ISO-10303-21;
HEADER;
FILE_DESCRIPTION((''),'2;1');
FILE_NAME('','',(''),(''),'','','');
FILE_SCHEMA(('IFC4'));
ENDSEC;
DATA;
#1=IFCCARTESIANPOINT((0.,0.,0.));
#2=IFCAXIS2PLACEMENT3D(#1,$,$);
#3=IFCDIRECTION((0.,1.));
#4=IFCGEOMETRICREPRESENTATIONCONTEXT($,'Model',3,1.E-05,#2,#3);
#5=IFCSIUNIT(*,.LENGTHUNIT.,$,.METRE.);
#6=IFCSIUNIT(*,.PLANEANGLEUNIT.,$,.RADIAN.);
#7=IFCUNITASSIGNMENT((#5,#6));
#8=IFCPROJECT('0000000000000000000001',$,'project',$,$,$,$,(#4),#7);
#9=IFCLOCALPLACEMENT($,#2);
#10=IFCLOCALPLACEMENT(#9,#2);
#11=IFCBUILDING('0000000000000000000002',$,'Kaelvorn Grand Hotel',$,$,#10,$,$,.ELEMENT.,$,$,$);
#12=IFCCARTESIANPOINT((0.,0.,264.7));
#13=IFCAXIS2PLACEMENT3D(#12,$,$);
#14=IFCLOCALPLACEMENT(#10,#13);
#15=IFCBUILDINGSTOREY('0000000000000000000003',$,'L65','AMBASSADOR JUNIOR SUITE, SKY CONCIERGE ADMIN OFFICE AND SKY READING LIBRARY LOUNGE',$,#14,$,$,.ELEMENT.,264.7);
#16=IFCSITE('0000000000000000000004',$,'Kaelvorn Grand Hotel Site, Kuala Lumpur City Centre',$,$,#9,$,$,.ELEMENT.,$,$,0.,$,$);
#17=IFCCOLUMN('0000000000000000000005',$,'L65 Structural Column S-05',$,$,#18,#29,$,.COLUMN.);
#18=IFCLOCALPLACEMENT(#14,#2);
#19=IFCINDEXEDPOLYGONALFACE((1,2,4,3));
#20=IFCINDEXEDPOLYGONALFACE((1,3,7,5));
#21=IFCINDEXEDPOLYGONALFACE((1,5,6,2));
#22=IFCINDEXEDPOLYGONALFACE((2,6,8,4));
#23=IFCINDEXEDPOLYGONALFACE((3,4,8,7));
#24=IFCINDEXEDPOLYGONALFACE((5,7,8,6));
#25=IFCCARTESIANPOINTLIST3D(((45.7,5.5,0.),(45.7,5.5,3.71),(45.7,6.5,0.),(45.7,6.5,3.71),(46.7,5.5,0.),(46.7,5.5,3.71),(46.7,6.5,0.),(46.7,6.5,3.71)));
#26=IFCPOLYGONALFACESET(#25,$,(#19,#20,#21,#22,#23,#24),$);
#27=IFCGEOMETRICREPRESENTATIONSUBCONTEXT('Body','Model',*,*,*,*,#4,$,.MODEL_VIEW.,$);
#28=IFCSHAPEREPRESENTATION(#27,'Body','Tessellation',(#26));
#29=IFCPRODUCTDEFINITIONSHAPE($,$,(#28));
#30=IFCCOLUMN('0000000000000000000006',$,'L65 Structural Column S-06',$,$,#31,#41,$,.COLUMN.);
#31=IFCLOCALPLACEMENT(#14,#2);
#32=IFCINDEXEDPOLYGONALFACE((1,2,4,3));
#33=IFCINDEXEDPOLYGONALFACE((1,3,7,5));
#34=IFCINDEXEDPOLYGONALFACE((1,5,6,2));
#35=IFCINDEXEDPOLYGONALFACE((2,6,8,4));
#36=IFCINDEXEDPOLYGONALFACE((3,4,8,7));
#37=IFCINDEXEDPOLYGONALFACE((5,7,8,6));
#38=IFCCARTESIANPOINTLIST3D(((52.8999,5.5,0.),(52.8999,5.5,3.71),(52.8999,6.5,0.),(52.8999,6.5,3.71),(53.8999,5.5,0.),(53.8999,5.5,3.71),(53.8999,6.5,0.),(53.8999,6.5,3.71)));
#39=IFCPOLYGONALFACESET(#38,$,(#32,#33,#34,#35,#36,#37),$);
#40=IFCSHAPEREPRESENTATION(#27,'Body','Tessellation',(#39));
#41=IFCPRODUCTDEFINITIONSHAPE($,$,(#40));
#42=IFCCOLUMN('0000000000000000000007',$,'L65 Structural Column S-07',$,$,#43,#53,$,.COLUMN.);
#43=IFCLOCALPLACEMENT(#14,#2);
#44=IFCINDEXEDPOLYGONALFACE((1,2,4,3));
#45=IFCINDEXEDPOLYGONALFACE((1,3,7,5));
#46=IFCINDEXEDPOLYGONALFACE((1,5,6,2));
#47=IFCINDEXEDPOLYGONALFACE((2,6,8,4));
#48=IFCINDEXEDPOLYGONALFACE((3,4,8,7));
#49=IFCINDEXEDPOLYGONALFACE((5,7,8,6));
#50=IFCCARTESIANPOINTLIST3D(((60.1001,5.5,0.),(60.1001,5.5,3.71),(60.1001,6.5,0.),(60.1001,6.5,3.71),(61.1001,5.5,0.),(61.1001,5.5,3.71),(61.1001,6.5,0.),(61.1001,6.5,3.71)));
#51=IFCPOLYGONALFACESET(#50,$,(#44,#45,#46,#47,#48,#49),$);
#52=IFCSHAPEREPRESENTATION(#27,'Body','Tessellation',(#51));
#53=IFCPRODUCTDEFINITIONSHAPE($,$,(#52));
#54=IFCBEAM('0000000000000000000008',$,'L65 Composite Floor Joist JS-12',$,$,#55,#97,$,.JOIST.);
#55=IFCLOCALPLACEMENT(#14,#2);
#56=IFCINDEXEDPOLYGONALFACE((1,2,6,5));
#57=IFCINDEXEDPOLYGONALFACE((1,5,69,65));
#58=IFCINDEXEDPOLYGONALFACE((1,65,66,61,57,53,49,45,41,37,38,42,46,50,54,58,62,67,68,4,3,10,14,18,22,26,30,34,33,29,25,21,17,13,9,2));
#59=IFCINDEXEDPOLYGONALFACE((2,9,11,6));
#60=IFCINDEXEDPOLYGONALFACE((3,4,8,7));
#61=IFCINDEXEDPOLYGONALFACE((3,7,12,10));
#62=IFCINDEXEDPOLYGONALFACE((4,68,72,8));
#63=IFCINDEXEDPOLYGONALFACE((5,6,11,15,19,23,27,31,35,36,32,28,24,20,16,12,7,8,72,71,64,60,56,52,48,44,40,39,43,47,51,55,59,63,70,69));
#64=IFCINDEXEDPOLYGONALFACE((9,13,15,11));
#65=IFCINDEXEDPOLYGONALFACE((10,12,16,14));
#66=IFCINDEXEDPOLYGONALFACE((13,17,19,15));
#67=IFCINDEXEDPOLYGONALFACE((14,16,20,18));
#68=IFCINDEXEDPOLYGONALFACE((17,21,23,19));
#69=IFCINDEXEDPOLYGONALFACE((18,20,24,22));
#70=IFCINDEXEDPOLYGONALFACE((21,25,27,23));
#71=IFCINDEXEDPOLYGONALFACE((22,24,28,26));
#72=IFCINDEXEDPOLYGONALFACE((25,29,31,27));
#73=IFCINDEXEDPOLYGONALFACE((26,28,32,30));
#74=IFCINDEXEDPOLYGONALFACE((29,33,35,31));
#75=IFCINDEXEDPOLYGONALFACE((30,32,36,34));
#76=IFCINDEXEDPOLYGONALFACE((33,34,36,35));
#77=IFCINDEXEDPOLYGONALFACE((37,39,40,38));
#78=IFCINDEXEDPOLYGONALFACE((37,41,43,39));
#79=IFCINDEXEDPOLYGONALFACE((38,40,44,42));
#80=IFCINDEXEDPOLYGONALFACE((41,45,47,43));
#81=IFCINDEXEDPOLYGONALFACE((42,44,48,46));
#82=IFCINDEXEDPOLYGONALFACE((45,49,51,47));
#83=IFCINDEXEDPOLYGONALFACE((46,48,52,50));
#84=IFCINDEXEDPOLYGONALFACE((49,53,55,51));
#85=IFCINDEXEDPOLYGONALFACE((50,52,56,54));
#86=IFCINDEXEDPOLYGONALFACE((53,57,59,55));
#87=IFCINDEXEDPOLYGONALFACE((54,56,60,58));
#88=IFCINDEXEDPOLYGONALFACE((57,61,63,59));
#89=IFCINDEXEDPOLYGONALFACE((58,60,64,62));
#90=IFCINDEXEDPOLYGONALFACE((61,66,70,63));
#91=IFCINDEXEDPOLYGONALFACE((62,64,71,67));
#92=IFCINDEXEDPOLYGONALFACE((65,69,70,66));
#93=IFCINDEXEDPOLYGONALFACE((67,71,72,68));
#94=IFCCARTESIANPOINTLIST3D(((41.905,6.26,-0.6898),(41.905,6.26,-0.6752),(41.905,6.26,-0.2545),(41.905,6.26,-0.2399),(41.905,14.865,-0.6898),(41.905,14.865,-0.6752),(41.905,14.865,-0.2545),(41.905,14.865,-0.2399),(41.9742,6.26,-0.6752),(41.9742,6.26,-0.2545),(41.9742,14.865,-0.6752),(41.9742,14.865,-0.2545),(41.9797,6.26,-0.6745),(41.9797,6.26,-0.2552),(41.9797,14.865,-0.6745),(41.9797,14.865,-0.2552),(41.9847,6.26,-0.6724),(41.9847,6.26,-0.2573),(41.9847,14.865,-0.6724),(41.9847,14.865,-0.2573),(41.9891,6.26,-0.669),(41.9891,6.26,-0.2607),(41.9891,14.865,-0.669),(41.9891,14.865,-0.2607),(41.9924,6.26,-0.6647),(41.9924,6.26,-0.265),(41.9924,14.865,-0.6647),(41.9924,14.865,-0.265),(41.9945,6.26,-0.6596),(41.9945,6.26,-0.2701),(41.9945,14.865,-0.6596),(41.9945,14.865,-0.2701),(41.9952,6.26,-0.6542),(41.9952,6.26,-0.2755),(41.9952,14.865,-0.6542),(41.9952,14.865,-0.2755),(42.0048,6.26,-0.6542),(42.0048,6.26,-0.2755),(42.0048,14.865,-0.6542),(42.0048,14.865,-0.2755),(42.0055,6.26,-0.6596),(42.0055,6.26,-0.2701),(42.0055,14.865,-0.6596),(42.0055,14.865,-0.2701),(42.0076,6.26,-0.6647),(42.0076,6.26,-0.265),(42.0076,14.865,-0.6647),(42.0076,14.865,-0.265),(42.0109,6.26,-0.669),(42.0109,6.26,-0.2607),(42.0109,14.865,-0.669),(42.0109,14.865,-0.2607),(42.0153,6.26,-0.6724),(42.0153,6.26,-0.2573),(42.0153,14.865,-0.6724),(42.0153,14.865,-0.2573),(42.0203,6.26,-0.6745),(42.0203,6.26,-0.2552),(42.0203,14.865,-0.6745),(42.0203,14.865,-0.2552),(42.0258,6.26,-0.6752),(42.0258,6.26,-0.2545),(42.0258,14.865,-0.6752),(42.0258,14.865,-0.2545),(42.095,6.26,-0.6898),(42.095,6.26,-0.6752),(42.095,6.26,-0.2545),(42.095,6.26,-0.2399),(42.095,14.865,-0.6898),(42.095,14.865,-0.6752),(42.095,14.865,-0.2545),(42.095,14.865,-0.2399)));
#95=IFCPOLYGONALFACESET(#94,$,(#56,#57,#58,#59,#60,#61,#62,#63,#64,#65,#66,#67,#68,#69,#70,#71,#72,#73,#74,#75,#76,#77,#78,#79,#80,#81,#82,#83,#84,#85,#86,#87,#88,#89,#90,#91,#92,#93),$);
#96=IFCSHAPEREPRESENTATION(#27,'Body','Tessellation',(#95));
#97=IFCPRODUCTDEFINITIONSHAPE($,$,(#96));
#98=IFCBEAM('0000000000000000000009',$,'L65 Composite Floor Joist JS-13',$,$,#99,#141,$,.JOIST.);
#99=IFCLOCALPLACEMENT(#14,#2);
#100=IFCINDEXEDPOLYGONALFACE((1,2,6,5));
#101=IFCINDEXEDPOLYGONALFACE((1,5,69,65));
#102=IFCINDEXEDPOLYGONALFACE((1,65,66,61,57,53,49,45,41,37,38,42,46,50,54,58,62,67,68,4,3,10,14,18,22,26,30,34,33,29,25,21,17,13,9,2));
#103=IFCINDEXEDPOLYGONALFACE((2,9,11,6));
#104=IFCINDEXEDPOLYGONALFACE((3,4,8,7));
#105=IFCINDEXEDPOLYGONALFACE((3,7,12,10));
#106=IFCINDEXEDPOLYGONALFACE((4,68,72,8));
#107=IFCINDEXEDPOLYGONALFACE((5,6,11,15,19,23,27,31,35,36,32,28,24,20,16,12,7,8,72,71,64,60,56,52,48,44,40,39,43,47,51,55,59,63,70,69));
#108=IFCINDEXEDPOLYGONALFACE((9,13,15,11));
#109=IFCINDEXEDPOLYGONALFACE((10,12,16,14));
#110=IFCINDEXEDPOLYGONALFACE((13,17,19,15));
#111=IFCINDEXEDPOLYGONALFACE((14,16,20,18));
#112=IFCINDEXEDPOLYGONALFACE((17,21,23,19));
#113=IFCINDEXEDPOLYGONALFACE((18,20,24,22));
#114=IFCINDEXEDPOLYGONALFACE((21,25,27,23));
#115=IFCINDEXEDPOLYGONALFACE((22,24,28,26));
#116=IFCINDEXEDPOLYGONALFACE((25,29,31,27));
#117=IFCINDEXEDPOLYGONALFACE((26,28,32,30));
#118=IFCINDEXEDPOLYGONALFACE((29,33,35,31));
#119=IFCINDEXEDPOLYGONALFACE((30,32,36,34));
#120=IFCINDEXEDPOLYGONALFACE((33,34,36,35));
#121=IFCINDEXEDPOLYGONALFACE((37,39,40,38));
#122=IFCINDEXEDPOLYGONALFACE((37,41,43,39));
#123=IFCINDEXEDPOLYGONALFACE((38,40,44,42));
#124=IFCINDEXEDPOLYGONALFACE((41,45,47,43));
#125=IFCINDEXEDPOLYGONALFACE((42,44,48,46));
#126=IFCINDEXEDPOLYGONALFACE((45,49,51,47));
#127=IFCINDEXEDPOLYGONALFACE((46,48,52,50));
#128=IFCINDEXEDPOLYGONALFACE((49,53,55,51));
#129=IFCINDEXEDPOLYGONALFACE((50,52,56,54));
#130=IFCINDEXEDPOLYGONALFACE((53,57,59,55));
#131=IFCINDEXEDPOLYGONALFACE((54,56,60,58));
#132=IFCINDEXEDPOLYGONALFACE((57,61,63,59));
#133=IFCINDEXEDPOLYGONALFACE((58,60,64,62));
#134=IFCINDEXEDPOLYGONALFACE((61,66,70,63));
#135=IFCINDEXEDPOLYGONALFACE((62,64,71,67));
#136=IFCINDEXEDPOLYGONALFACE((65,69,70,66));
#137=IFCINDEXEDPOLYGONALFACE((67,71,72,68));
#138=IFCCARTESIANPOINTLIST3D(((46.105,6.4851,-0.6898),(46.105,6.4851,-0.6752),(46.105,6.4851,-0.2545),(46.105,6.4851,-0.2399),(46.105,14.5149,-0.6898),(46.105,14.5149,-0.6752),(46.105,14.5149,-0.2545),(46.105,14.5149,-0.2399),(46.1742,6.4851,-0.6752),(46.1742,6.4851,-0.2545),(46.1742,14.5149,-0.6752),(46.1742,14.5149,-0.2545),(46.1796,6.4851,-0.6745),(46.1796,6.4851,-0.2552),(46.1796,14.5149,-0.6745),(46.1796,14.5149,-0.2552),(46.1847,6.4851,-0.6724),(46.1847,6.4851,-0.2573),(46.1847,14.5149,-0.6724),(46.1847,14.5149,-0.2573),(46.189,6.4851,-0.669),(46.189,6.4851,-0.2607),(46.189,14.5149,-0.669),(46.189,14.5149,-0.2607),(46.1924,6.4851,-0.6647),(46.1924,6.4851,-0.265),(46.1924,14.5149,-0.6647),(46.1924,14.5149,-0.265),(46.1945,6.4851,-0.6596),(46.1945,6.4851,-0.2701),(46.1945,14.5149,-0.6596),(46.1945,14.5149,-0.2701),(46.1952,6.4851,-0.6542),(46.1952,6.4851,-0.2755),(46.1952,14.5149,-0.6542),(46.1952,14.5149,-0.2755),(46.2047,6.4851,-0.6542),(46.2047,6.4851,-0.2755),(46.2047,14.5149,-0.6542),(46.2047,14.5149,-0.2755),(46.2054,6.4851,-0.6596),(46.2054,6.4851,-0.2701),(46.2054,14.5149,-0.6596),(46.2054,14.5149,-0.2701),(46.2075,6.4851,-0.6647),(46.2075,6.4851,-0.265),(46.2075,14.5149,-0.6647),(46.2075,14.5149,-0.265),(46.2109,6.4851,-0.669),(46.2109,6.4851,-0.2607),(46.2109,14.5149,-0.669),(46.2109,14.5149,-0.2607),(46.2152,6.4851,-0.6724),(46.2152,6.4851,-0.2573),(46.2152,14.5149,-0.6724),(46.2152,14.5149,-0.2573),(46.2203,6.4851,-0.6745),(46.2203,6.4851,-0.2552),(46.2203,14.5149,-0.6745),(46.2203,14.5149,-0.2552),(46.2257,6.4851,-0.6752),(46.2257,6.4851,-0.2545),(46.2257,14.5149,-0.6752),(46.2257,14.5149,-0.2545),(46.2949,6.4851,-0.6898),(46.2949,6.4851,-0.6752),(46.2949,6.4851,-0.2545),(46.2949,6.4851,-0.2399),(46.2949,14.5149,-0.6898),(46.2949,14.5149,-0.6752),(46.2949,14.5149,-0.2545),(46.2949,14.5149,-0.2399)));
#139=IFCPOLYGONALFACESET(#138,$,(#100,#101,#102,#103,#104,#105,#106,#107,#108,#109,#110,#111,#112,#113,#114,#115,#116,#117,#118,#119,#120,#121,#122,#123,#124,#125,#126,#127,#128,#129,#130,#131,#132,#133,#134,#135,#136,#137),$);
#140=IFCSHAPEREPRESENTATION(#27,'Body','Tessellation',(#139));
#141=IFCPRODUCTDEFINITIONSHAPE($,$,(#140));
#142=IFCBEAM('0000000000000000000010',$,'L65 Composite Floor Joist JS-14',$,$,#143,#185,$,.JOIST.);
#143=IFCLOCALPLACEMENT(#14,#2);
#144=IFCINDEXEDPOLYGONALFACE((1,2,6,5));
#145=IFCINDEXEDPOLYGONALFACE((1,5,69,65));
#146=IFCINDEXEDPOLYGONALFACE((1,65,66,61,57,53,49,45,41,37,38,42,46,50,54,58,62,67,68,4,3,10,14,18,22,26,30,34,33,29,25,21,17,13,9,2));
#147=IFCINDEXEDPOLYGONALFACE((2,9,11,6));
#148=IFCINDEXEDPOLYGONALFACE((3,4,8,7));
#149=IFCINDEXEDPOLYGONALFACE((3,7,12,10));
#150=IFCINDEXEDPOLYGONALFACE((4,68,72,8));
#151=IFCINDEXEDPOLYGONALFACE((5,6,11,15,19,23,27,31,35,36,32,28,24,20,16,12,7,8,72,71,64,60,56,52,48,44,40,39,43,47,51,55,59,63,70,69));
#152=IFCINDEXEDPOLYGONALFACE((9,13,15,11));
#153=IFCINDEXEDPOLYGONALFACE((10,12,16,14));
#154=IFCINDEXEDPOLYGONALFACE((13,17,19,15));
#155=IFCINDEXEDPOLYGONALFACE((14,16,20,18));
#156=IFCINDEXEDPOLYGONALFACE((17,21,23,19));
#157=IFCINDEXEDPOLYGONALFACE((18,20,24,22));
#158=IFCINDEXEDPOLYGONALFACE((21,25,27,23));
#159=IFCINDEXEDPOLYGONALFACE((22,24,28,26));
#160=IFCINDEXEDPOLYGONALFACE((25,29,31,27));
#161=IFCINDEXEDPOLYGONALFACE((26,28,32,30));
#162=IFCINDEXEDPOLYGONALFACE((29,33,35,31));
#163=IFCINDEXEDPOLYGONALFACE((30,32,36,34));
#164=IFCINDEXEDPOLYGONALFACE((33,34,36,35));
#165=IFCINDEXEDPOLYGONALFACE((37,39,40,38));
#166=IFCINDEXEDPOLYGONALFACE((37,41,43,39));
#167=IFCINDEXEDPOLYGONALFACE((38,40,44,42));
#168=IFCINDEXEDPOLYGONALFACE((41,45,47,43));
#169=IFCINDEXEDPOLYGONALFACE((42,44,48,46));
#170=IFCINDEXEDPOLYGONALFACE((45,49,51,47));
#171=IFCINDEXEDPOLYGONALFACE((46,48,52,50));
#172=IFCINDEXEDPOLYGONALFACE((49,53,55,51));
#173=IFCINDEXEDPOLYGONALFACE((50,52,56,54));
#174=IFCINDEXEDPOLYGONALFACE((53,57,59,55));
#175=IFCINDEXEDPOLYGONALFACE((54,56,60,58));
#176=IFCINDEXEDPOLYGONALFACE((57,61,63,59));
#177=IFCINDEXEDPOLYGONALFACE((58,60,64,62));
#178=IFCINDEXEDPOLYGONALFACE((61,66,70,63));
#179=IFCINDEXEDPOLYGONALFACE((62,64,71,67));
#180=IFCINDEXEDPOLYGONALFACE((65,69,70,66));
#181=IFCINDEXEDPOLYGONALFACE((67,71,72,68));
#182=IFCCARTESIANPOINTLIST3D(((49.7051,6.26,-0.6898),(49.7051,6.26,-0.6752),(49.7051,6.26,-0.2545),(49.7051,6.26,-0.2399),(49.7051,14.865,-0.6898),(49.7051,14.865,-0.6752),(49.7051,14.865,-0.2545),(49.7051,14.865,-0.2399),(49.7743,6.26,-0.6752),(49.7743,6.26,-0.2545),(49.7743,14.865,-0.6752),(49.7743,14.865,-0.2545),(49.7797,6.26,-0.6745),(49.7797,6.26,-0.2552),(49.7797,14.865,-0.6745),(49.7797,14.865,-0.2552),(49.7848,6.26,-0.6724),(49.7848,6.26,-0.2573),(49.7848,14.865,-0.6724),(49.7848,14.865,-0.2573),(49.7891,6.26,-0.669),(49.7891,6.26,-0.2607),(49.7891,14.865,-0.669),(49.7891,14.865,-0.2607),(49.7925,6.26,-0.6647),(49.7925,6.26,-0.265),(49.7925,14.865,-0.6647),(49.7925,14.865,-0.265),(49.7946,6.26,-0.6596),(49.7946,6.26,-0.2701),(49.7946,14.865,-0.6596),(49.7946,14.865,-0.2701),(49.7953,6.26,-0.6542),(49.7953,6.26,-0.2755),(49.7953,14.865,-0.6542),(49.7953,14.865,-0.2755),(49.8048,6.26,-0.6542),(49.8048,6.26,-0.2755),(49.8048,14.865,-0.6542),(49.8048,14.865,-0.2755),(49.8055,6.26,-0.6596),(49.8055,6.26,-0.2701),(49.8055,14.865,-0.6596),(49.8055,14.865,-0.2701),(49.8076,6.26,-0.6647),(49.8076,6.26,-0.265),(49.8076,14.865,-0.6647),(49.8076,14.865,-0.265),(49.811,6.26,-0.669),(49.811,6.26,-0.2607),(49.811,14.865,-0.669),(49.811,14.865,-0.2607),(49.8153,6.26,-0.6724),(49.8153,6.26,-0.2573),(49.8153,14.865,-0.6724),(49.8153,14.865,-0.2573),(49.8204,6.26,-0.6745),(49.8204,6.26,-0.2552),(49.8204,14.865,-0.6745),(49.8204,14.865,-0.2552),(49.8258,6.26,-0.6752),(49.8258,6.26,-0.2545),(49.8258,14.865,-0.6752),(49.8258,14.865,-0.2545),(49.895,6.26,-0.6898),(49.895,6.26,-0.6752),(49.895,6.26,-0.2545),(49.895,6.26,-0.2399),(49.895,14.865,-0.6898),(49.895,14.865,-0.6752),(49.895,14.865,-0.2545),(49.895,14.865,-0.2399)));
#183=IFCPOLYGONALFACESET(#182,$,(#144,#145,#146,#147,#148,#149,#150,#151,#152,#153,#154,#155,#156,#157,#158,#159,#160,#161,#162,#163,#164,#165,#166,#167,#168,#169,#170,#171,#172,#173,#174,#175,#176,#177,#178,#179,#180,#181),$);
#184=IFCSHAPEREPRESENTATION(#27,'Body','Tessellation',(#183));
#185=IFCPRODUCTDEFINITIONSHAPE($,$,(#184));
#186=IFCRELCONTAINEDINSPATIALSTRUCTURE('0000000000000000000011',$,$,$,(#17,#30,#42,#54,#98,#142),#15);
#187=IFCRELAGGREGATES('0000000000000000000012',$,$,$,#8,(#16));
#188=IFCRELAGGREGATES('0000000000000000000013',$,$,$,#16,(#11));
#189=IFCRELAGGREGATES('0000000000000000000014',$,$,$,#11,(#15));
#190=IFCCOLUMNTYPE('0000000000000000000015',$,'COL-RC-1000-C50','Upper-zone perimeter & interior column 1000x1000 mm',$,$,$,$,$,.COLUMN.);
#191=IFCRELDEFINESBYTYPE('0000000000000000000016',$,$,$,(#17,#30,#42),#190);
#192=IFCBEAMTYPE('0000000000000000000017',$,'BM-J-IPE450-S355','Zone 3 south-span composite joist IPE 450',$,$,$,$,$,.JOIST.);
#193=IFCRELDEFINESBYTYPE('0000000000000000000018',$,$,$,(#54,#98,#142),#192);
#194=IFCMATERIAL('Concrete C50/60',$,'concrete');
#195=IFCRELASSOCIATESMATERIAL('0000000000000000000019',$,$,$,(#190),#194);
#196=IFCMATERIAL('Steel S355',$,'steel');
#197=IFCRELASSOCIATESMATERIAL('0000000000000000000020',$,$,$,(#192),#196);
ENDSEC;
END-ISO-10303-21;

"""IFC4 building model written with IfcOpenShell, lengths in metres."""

from ifc_helpers import new_model, si_unit, direction, frame, origin, origin_2d, place, context, subcontext, project, spatial, rectangle, i_section, extrude, material, material_profile, profile_set, type_object, element, save


model = new_model("IFC4")

# Units and contexts
model_context = context("Model", 3, precision=1e-05, world=origin(), true_north=direction((0.0, 1.0)))
body_context = subcontext(model_context, "Body", "Model", "MODEL_VIEW")
ifc_project = project(units=[si_unit("LENGTHUNIT", "METRE"), si_unit("PLANEANGLEUNIT", "RADIAN")], contexts=[model_context])

# Site, building, storey
site_placement = place(None, origin())
site = spatial("IfcSite", under=ifc_project, at=site_placement, Name="Kaelvorn Grand Hotel Site, Kuala Lumpur City Centre", CompositionType="ELEMENT", RefElevation=0.0)
building_placement = place(site_placement, origin())
building = spatial("IfcBuilding", under=site, at=building_placement, Name="Kaelvorn Grand Hotel", CompositionType="ELEMENT")
storey_placement = place(building_placement, frame((0.0, 0.0, 264.7)))
storey = spatial("IfcBuildingStorey", under=building, at=storey_placement, Name="L65", Description="AMBASSADOR JUNIOR SUITE, SKY CONCIERGE ADMIN OFFICE AND SKY READING LIBRARY LOUNGE", CompositionType="ELEMENT", Elevation=264.7)

# Columns
ifc_material_1 = material(Name="Concrete C50/60", Category="concrete")
ifc_material_profile_1 = material_profile(ifc_material_1, rectangle(XDim=1.0, YDim=1.0, at=origin_2d()), Name="RC COL 1000x1000")
ifc_profile_set_1 = profile_set([ifc_material_profile_1], Name="Concrete C50/60")
column_type = type_object("IfcColumnType", Name="COL-RC-1000-C50", Description="Upper-zone perimeter & interior column 1000x1000 mm", PredefinedType="COLUMN", material=ifc_profile_set_1)
for number, where, z_axis, x_axis, name in (
    (1, (46.2, 6.0, 0.0), (0.0, 0.0, 1.0), (1.0, 0.0, 0.0), "L65 Structural Column S-05"),
    (2, (53.3999, 6.0, 0.0), (0.0, 0.0, 1.0), (1.0, 0.0, 0.0), "L65 Structural Column S-06"),
    (3, (60.6001, 6.0, 0.0), (0.0, 0.0, 1.0), (1.0, 0.0, 0.0), "L65 Structural Column S-07"),
):
    element("IfcColumn", number, at=place(storey_placement, frame(where, z_axis=z_axis, x_axis=x_axis)), inside=storey, type_object=column_type, Name=name, PredefinedType="COLUMN", context=body_context, shape_type="SweptSolid", body=[
        extrude(rectangle(XDim=1.0, YDim=1.0, at=origin_2d()), origin(), (0.0, 0.0, 1.0), 3.71),
    ])

# Beams
ifc_material_2 = material(Name="Steel S355", Category="steel")
ifc_material_profile_2 = material_profile(ifc_material_2, i_section(OverallWidth=0.1899, OverallDepth=0.45, WebThickness=0.0095, FlangeThickness=0.0146, FilletRadius=0.021, at=origin_2d()), Name="IPE 450")
ifc_profile_set_2 = profile_set([ifc_material_profile_2], Name="Steel S355")
beam_type_1 = type_object("IfcBeamType", Name="BM-J-IPE450-S355", Description="Zone 3 south-span composite joist IPE 450", PredefinedType="JOIST", material=ifc_profile_set_2)
beam_1_placement = place(storey_placement, frame((42.0, 6.26, -0.4648), z_axis=(0.0, 1.0, 0.0), x_axis=(-1.0, 0.0, 0.0)))
element("IfcBeam", 4, at=beam_1_placement, inside=storey, type_object=beam_type_1, Name="L65 Composite Floor Joist JS-12", PredefinedType="JOIST", context=body_context, shape_type="SweptSolid", body=[
    extrude(i_section(OverallWidth=0.1899, OverallDepth=0.45, WebThickness=0.0095, FlangeThickness=0.0146, FilletRadius=0.021, at=origin_2d()), origin(), (0.0, 0.0, 1.0), 8.605),
])
beam_2_placement = place(storey_placement, frame((46.2, 6.4851, -0.4648), z_axis=(0.0, 1.0, 0.0), x_axis=(-1.0, 0.0, 0.0)))
element("IfcBeam", 5, at=beam_2_placement, inside=storey, type_object=beam_type_1, Name="L65 Composite Floor Joist JS-13", PredefinedType="JOIST", context=body_context, shape_type="SweptSolid", body=[
    extrude(i_section(OverallWidth=0.1899, OverallDepth=0.45, WebThickness=0.0095, FlangeThickness=0.0146, FilletRadius=0.021, at=origin_2d()), origin(), (0.0, 0.0, 1.0), 8.0298),
])
beam_3_placement = place(storey_placement, frame((49.8, 6.26, -0.4648), z_axis=(0.0, 1.0, 0.0), x_axis=(-1.0, 0.0, 0.0)))
element("IfcBeam", 6, at=beam_3_placement, inside=storey, type_object=beam_type_1, Name="L65 Composite Floor Joist JS-14", PredefinedType="JOIST", context=body_context, shape_type="SweptSolid", body=[
    extrude(i_section(OverallWidth=0.1899, OverallDepth=0.45, WebThickness=0.0095, FlangeThickness=0.0146, FilletRadius=0.021, at=origin_2d()), origin(), (0.0, 0.0, 1.0), 8.605),
])

save(model, "model.ifc")
